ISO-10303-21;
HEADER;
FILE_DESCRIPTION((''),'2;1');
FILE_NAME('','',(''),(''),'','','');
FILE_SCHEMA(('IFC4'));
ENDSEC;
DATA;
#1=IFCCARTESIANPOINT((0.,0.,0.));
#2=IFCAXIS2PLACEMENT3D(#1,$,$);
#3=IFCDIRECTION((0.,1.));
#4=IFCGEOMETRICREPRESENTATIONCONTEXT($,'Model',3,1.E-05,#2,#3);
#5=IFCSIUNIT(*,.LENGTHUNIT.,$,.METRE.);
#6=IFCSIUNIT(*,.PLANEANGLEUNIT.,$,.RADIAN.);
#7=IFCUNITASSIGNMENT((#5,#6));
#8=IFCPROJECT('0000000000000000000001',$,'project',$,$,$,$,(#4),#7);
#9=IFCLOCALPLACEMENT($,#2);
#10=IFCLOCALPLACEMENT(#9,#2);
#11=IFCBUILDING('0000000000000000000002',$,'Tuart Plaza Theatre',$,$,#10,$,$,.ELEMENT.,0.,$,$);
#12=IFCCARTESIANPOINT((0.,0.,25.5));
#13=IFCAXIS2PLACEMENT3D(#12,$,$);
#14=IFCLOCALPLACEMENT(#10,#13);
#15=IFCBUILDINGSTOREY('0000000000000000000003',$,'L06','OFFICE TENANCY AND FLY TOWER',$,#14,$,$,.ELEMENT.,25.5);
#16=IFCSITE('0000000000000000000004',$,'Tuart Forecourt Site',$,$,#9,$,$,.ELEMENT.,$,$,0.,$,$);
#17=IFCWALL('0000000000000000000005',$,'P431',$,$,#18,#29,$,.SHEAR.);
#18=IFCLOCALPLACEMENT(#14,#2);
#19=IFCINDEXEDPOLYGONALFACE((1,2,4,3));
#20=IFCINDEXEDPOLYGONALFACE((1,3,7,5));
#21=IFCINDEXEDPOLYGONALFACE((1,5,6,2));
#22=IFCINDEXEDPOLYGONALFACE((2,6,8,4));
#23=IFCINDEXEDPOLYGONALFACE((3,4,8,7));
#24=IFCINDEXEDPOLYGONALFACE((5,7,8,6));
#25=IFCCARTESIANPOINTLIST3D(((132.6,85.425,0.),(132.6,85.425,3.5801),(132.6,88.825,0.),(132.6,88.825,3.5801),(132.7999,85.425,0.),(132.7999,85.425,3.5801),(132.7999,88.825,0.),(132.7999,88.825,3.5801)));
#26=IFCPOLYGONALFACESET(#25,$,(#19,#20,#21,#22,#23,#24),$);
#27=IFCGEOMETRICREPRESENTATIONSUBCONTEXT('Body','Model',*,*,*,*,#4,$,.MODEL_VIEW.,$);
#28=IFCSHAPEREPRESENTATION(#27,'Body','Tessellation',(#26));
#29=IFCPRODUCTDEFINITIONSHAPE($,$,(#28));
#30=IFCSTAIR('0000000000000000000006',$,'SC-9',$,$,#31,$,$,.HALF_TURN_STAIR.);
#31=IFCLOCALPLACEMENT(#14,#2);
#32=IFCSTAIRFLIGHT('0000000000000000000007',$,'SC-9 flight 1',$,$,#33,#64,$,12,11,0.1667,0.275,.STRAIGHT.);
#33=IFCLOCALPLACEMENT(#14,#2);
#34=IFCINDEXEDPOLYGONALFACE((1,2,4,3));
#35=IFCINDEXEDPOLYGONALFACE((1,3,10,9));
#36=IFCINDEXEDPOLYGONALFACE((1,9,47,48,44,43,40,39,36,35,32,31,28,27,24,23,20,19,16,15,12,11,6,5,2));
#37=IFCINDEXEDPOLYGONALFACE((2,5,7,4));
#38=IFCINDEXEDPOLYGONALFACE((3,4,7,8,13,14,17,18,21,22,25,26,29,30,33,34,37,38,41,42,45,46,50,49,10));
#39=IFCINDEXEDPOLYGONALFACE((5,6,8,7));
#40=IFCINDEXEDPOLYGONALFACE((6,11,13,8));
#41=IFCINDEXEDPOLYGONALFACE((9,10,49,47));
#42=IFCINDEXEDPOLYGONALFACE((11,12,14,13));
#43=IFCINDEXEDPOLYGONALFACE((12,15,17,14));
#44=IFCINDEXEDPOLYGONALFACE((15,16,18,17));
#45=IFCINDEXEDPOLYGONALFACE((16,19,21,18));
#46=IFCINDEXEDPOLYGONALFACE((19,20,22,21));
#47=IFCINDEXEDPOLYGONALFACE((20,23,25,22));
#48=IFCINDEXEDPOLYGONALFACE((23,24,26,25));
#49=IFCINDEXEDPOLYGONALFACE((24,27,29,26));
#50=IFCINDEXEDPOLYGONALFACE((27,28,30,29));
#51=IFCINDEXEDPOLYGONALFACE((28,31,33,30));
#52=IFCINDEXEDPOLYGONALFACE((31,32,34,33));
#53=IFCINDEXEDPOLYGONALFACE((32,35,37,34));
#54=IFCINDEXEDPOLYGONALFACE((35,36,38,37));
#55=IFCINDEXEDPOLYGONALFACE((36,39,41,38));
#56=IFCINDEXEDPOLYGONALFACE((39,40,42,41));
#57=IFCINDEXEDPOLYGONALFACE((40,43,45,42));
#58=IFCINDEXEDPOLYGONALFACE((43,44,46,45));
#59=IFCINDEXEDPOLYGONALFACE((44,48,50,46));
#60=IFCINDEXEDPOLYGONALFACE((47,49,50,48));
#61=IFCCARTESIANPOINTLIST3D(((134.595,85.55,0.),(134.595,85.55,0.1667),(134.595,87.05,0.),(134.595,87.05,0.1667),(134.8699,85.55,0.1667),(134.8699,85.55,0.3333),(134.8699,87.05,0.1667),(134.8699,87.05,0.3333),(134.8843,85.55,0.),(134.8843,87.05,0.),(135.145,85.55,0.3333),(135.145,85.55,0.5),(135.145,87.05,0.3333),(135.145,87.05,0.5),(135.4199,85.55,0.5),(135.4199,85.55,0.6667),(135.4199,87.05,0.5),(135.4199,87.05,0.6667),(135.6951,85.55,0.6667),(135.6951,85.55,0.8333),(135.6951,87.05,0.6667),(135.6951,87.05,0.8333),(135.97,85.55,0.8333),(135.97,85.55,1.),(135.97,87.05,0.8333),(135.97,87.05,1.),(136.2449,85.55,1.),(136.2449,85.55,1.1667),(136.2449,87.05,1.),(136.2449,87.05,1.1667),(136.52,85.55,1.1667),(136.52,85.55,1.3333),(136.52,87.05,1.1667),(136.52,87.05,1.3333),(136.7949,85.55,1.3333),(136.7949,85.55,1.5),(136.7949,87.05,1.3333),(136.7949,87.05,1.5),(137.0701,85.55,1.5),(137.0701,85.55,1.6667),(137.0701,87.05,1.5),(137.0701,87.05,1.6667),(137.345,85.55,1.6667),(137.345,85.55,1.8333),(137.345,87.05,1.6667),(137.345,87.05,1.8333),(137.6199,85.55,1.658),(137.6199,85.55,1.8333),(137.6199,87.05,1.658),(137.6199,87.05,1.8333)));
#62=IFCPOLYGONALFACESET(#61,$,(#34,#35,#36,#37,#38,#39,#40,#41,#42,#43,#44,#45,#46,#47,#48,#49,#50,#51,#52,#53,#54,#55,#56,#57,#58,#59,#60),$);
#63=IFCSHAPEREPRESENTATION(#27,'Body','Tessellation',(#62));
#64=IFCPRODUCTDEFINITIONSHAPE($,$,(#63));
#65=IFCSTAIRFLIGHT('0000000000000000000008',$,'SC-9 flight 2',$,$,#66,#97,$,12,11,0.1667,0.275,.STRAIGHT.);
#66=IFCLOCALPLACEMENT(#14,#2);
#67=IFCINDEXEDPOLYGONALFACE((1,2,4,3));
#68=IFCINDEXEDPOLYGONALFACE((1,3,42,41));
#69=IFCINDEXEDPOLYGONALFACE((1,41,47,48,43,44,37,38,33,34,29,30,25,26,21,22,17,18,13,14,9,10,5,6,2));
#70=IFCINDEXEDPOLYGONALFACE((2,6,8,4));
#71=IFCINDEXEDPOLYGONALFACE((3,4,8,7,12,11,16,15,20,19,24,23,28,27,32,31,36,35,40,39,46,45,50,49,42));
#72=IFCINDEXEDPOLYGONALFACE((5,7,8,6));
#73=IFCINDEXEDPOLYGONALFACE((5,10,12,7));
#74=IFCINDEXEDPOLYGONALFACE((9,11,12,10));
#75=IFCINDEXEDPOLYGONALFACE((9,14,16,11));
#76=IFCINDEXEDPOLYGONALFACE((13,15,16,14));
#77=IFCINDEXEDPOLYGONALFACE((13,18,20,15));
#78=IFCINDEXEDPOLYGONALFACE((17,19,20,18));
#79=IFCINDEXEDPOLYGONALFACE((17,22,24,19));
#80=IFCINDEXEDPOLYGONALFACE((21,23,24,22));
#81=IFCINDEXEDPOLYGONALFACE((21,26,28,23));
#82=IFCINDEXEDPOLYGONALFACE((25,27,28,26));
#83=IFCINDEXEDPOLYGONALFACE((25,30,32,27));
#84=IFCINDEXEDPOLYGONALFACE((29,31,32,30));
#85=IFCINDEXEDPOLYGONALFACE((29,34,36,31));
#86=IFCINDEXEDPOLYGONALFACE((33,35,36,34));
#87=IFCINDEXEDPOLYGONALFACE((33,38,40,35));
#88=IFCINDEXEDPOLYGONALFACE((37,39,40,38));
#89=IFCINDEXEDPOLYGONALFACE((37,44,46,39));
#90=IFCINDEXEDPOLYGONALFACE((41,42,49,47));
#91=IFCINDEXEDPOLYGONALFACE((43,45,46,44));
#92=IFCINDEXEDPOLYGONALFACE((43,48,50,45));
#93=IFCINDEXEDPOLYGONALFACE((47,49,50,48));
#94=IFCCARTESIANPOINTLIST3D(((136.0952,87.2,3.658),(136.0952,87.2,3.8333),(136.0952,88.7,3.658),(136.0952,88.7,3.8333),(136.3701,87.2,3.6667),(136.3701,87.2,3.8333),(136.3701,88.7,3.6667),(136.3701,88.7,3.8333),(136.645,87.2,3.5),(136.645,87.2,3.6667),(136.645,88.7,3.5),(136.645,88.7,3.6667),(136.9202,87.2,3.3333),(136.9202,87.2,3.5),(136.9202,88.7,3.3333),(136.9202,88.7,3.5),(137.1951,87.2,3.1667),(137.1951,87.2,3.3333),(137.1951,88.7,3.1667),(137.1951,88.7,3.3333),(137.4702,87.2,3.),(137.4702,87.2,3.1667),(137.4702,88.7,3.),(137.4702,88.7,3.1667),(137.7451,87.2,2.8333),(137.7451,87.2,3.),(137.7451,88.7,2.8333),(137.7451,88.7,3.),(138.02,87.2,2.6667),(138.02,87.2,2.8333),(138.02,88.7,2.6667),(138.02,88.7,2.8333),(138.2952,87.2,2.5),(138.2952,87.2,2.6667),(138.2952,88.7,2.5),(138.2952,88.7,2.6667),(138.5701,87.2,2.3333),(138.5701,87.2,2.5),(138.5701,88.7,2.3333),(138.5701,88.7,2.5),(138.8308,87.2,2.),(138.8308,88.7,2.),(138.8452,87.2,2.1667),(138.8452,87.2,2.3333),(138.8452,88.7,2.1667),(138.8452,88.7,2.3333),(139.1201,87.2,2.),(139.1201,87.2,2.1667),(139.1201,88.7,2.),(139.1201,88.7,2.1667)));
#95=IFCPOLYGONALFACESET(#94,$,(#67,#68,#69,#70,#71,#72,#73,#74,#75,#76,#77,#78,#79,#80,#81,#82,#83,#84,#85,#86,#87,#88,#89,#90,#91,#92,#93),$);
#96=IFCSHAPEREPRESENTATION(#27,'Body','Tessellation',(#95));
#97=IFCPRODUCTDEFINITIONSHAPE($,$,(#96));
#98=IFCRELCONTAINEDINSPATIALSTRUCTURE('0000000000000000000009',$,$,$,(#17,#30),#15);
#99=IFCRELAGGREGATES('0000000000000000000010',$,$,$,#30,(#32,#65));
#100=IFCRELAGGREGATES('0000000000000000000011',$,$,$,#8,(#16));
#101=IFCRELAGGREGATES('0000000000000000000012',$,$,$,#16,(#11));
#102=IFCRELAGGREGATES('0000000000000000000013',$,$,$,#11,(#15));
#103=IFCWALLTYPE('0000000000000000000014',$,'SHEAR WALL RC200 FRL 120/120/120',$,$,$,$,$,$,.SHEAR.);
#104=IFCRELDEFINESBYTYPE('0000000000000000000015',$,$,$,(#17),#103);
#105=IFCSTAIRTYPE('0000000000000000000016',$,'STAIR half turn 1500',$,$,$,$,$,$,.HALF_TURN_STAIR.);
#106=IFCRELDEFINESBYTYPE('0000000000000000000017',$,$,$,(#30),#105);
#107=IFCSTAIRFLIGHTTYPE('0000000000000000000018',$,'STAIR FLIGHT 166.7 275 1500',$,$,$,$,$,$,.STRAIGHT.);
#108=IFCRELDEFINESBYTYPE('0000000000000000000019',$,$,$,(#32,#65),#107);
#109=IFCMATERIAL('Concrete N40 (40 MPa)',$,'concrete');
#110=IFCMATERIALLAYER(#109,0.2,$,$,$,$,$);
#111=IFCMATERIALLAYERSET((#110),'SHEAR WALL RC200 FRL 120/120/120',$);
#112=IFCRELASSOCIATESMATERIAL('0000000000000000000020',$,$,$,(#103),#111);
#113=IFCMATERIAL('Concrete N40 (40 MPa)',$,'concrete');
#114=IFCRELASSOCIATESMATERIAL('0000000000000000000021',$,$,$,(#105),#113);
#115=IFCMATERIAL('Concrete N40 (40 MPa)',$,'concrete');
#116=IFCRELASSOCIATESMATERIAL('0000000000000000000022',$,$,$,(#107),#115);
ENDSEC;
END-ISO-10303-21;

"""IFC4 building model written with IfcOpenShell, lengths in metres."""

from ifc_helpers import new_model, si_unit, direction, frame, frame_2d, origin, place, context, subcontext, project, spatial, polyline, rectangle, outline, extrude, material, layer, layer_set, type_object, element, aggregate, save


model = new_model("IFC4")

# Units and contexts
model_context = context("Model", 3, precision=1e-05, world=origin(), true_north=direction((0.0, 1.0)))
body_context = subcontext(model_context, "Body", "Model", "MODEL_VIEW")
ifc_project = project(units=[si_unit("LENGTHUNIT", "METRE"), si_unit("PLANEANGLEUNIT", "RADIAN")], contexts=[model_context])

# Site, building, storey
site_placement = place(None, origin())
site = spatial("IfcSite", under=ifc_project, at=site_placement, Name="Tuart Forecourt Site", CompositionType="ELEMENT", RefElevation=0.0)
building_placement = place(site_placement, origin())
building = spatial("IfcBuilding", under=site, at=building_placement, Name="Tuart Plaza Theatre", CompositionType="ELEMENT", ElevationOfRefHeight=0.0)
storey_placement = place(building_placement, frame((0.0, 0.0, 25.5)))
storey = spatial("IfcBuildingStorey", under=building, at=storey_placement, Name="L06", Description="OFFICE TENANCY AND FLY TOWER", CompositionType="ELEMENT", Elevation=25.5)

# Shared definitions
ifc_material_1 = material(Name="Concrete N40 (40 MPa)", Category="concrete")
ifc_layer_1 = layer(ifc_material_1, 0.2)
ifc_layer_set_1 = layer_set([ifc_layer_1], Name="SHEAR WALL RC200 FRL 120/120/120")
wall_type_1 = type_object("IfcWallType", Name="SHEAR WALL RC200 FRL 120/120/120", PredefinedType="SHEAR", material=ifc_layer_set_1)

# Wall
wall_1_placement = place(storey_placement, frame((132.7, 88.825, 0.0), z_axis=(0.0, 0.0, 1.0), x_axis=(0.0, -1.0, 0.0)))
element("IfcWall", 1, at=wall_1_placement, inside=storey, type_object=wall_type_1, Name="P431", PredefinedType="SHEAR", context=body_context, shape_type="SweptSolid", body=[
    extrude(rectangle(XDim=3.3999, YDim=0.2, at=frame_2d((1.7, 0.0))), origin(), (0.0, 0.0, 1.0), 3.5801),
])

# Stair, stair flights
ifc_material_2 = material(Name="Concrete N40 (40 MPa)", Category="concrete")
stair_type = type_object("IfcStairType", Name="STAIR half turn 1500", PredefinedType="HALF_TURN_STAIR", material=ifc_material_2)
stair_placement = place(storey_placement, origin())
stair = element("IfcStair", 2, at=stair_placement, inside=storey, type_object=stair_type, Name="SC-9", PredefinedType="HALF_TURN_STAIR")
ifc_material_3 = material(Name="Concrete N40 (40 MPa)", Category="concrete")
stair_flight_type = type_object("IfcStairFlightType", Name="STAIR FLIGHT 166.7 275 1500", PredefinedType="STRAIGHT", material=ifc_material_3)
stair_flight_1_placement = place(storey_placement, frame((134.595, 86.3, 0.0), z_axis=(0.0, 0.0, 1.0), x_axis=(1.0, 0.0, 0.0)))
stair_flight_1 = element("IfcStairFlight", 3, at=stair_flight_1_placement, type_object=stair_flight_type, Name="SC-9 flight 1", NumberOfRisers=12, NumberOfTreads=11, PredefinedType="STRAIGHT", RiserHeight=0.1667, TreadLength=0.275, context=body_context, shape_type="SweptSolid", body=[
    extrude(outline(polyline([(0.0, 0.0), (0.0, 0.1667), (0.2749, 0.1667), (0.2749, 0.3333), (0.55, 0.3333), (0.55, 0.5), (0.825, 0.5), (0.825, 0.6667), (1.1001, 0.6667), (1.1001, 0.8333), (1.375, 0.8333), (1.375, 1.0), (1.6499, 1.0), (1.6499, 1.1667), (1.925, 1.1667), (1.925, 1.3333), (2.2, 1.3333), (2.2, 1.5), (2.4751, 1.5), (2.4751, 1.6667), (2.75, 1.6667), (2.75, 1.8333), (3.0249, 1.8333), (3.0249, 2.0), (3.0249, 1.658), (0.2893, 0.0), (0.0, 0.0)])), frame((0.0, 0.75, 0.0), z_axis=(0.0, -1.0, 0.0), x_axis=(1.0, 0.0, 0.0)), (0.0, 0.0, 1.0), 1.5),
])
stair_flight_2_placement = place(storey_placement, frame((139.1201, 87.95, 2.0), z_axis=(0.0, 0.0, 1.0), x_axis=(-1.0, 0.0, 0.0)))
stair_flight_2 = element("IfcStairFlight", 4, at=stair_flight_2_placement, type_object=stair_flight_type, Name="SC-9 flight 2", NumberOfRisers=12, NumberOfTreads=11, PredefinedType="STRAIGHT", RiserHeight=0.1667, TreadLength=0.275, context=body_context, shape_type="SweptSolid", body=[
    extrude(outline(polyline([(0.0, 0.0), (0.0, 0.1667), (0.2749, 0.1667), (0.2749, 0.3333), (0.55, 0.3333), (0.55, 0.5), (0.825, 0.5), (0.825, 0.6667), (1.1001, 0.6667), (1.1001, 0.8333), (1.375, 0.8333), (1.375, 1.0), (1.6499, 1.0), (1.6499, 1.1667), (1.925, 1.1667), (1.925, 1.3333), (2.2, 1.3333), (2.2, 1.5), (2.4751, 1.5), (2.4751, 1.6667), (2.75, 1.6667), (2.75, 1.8333), (3.0249, 1.8333), (3.0249, 2.0), (3.0249, 1.658), (0.2893, 0.0), (0.0, 0.0)])), frame((0.0, 0.75, 0.0), z_axis=(0.0, -1.0, 0.0), x_axis=(1.0, 0.0, 0.0)), (0.0, 0.0, 1.0), 1.5),
])
aggregate(stair, [stair_flight_1, stair_flight_2])

save(model, "model.ifc")
